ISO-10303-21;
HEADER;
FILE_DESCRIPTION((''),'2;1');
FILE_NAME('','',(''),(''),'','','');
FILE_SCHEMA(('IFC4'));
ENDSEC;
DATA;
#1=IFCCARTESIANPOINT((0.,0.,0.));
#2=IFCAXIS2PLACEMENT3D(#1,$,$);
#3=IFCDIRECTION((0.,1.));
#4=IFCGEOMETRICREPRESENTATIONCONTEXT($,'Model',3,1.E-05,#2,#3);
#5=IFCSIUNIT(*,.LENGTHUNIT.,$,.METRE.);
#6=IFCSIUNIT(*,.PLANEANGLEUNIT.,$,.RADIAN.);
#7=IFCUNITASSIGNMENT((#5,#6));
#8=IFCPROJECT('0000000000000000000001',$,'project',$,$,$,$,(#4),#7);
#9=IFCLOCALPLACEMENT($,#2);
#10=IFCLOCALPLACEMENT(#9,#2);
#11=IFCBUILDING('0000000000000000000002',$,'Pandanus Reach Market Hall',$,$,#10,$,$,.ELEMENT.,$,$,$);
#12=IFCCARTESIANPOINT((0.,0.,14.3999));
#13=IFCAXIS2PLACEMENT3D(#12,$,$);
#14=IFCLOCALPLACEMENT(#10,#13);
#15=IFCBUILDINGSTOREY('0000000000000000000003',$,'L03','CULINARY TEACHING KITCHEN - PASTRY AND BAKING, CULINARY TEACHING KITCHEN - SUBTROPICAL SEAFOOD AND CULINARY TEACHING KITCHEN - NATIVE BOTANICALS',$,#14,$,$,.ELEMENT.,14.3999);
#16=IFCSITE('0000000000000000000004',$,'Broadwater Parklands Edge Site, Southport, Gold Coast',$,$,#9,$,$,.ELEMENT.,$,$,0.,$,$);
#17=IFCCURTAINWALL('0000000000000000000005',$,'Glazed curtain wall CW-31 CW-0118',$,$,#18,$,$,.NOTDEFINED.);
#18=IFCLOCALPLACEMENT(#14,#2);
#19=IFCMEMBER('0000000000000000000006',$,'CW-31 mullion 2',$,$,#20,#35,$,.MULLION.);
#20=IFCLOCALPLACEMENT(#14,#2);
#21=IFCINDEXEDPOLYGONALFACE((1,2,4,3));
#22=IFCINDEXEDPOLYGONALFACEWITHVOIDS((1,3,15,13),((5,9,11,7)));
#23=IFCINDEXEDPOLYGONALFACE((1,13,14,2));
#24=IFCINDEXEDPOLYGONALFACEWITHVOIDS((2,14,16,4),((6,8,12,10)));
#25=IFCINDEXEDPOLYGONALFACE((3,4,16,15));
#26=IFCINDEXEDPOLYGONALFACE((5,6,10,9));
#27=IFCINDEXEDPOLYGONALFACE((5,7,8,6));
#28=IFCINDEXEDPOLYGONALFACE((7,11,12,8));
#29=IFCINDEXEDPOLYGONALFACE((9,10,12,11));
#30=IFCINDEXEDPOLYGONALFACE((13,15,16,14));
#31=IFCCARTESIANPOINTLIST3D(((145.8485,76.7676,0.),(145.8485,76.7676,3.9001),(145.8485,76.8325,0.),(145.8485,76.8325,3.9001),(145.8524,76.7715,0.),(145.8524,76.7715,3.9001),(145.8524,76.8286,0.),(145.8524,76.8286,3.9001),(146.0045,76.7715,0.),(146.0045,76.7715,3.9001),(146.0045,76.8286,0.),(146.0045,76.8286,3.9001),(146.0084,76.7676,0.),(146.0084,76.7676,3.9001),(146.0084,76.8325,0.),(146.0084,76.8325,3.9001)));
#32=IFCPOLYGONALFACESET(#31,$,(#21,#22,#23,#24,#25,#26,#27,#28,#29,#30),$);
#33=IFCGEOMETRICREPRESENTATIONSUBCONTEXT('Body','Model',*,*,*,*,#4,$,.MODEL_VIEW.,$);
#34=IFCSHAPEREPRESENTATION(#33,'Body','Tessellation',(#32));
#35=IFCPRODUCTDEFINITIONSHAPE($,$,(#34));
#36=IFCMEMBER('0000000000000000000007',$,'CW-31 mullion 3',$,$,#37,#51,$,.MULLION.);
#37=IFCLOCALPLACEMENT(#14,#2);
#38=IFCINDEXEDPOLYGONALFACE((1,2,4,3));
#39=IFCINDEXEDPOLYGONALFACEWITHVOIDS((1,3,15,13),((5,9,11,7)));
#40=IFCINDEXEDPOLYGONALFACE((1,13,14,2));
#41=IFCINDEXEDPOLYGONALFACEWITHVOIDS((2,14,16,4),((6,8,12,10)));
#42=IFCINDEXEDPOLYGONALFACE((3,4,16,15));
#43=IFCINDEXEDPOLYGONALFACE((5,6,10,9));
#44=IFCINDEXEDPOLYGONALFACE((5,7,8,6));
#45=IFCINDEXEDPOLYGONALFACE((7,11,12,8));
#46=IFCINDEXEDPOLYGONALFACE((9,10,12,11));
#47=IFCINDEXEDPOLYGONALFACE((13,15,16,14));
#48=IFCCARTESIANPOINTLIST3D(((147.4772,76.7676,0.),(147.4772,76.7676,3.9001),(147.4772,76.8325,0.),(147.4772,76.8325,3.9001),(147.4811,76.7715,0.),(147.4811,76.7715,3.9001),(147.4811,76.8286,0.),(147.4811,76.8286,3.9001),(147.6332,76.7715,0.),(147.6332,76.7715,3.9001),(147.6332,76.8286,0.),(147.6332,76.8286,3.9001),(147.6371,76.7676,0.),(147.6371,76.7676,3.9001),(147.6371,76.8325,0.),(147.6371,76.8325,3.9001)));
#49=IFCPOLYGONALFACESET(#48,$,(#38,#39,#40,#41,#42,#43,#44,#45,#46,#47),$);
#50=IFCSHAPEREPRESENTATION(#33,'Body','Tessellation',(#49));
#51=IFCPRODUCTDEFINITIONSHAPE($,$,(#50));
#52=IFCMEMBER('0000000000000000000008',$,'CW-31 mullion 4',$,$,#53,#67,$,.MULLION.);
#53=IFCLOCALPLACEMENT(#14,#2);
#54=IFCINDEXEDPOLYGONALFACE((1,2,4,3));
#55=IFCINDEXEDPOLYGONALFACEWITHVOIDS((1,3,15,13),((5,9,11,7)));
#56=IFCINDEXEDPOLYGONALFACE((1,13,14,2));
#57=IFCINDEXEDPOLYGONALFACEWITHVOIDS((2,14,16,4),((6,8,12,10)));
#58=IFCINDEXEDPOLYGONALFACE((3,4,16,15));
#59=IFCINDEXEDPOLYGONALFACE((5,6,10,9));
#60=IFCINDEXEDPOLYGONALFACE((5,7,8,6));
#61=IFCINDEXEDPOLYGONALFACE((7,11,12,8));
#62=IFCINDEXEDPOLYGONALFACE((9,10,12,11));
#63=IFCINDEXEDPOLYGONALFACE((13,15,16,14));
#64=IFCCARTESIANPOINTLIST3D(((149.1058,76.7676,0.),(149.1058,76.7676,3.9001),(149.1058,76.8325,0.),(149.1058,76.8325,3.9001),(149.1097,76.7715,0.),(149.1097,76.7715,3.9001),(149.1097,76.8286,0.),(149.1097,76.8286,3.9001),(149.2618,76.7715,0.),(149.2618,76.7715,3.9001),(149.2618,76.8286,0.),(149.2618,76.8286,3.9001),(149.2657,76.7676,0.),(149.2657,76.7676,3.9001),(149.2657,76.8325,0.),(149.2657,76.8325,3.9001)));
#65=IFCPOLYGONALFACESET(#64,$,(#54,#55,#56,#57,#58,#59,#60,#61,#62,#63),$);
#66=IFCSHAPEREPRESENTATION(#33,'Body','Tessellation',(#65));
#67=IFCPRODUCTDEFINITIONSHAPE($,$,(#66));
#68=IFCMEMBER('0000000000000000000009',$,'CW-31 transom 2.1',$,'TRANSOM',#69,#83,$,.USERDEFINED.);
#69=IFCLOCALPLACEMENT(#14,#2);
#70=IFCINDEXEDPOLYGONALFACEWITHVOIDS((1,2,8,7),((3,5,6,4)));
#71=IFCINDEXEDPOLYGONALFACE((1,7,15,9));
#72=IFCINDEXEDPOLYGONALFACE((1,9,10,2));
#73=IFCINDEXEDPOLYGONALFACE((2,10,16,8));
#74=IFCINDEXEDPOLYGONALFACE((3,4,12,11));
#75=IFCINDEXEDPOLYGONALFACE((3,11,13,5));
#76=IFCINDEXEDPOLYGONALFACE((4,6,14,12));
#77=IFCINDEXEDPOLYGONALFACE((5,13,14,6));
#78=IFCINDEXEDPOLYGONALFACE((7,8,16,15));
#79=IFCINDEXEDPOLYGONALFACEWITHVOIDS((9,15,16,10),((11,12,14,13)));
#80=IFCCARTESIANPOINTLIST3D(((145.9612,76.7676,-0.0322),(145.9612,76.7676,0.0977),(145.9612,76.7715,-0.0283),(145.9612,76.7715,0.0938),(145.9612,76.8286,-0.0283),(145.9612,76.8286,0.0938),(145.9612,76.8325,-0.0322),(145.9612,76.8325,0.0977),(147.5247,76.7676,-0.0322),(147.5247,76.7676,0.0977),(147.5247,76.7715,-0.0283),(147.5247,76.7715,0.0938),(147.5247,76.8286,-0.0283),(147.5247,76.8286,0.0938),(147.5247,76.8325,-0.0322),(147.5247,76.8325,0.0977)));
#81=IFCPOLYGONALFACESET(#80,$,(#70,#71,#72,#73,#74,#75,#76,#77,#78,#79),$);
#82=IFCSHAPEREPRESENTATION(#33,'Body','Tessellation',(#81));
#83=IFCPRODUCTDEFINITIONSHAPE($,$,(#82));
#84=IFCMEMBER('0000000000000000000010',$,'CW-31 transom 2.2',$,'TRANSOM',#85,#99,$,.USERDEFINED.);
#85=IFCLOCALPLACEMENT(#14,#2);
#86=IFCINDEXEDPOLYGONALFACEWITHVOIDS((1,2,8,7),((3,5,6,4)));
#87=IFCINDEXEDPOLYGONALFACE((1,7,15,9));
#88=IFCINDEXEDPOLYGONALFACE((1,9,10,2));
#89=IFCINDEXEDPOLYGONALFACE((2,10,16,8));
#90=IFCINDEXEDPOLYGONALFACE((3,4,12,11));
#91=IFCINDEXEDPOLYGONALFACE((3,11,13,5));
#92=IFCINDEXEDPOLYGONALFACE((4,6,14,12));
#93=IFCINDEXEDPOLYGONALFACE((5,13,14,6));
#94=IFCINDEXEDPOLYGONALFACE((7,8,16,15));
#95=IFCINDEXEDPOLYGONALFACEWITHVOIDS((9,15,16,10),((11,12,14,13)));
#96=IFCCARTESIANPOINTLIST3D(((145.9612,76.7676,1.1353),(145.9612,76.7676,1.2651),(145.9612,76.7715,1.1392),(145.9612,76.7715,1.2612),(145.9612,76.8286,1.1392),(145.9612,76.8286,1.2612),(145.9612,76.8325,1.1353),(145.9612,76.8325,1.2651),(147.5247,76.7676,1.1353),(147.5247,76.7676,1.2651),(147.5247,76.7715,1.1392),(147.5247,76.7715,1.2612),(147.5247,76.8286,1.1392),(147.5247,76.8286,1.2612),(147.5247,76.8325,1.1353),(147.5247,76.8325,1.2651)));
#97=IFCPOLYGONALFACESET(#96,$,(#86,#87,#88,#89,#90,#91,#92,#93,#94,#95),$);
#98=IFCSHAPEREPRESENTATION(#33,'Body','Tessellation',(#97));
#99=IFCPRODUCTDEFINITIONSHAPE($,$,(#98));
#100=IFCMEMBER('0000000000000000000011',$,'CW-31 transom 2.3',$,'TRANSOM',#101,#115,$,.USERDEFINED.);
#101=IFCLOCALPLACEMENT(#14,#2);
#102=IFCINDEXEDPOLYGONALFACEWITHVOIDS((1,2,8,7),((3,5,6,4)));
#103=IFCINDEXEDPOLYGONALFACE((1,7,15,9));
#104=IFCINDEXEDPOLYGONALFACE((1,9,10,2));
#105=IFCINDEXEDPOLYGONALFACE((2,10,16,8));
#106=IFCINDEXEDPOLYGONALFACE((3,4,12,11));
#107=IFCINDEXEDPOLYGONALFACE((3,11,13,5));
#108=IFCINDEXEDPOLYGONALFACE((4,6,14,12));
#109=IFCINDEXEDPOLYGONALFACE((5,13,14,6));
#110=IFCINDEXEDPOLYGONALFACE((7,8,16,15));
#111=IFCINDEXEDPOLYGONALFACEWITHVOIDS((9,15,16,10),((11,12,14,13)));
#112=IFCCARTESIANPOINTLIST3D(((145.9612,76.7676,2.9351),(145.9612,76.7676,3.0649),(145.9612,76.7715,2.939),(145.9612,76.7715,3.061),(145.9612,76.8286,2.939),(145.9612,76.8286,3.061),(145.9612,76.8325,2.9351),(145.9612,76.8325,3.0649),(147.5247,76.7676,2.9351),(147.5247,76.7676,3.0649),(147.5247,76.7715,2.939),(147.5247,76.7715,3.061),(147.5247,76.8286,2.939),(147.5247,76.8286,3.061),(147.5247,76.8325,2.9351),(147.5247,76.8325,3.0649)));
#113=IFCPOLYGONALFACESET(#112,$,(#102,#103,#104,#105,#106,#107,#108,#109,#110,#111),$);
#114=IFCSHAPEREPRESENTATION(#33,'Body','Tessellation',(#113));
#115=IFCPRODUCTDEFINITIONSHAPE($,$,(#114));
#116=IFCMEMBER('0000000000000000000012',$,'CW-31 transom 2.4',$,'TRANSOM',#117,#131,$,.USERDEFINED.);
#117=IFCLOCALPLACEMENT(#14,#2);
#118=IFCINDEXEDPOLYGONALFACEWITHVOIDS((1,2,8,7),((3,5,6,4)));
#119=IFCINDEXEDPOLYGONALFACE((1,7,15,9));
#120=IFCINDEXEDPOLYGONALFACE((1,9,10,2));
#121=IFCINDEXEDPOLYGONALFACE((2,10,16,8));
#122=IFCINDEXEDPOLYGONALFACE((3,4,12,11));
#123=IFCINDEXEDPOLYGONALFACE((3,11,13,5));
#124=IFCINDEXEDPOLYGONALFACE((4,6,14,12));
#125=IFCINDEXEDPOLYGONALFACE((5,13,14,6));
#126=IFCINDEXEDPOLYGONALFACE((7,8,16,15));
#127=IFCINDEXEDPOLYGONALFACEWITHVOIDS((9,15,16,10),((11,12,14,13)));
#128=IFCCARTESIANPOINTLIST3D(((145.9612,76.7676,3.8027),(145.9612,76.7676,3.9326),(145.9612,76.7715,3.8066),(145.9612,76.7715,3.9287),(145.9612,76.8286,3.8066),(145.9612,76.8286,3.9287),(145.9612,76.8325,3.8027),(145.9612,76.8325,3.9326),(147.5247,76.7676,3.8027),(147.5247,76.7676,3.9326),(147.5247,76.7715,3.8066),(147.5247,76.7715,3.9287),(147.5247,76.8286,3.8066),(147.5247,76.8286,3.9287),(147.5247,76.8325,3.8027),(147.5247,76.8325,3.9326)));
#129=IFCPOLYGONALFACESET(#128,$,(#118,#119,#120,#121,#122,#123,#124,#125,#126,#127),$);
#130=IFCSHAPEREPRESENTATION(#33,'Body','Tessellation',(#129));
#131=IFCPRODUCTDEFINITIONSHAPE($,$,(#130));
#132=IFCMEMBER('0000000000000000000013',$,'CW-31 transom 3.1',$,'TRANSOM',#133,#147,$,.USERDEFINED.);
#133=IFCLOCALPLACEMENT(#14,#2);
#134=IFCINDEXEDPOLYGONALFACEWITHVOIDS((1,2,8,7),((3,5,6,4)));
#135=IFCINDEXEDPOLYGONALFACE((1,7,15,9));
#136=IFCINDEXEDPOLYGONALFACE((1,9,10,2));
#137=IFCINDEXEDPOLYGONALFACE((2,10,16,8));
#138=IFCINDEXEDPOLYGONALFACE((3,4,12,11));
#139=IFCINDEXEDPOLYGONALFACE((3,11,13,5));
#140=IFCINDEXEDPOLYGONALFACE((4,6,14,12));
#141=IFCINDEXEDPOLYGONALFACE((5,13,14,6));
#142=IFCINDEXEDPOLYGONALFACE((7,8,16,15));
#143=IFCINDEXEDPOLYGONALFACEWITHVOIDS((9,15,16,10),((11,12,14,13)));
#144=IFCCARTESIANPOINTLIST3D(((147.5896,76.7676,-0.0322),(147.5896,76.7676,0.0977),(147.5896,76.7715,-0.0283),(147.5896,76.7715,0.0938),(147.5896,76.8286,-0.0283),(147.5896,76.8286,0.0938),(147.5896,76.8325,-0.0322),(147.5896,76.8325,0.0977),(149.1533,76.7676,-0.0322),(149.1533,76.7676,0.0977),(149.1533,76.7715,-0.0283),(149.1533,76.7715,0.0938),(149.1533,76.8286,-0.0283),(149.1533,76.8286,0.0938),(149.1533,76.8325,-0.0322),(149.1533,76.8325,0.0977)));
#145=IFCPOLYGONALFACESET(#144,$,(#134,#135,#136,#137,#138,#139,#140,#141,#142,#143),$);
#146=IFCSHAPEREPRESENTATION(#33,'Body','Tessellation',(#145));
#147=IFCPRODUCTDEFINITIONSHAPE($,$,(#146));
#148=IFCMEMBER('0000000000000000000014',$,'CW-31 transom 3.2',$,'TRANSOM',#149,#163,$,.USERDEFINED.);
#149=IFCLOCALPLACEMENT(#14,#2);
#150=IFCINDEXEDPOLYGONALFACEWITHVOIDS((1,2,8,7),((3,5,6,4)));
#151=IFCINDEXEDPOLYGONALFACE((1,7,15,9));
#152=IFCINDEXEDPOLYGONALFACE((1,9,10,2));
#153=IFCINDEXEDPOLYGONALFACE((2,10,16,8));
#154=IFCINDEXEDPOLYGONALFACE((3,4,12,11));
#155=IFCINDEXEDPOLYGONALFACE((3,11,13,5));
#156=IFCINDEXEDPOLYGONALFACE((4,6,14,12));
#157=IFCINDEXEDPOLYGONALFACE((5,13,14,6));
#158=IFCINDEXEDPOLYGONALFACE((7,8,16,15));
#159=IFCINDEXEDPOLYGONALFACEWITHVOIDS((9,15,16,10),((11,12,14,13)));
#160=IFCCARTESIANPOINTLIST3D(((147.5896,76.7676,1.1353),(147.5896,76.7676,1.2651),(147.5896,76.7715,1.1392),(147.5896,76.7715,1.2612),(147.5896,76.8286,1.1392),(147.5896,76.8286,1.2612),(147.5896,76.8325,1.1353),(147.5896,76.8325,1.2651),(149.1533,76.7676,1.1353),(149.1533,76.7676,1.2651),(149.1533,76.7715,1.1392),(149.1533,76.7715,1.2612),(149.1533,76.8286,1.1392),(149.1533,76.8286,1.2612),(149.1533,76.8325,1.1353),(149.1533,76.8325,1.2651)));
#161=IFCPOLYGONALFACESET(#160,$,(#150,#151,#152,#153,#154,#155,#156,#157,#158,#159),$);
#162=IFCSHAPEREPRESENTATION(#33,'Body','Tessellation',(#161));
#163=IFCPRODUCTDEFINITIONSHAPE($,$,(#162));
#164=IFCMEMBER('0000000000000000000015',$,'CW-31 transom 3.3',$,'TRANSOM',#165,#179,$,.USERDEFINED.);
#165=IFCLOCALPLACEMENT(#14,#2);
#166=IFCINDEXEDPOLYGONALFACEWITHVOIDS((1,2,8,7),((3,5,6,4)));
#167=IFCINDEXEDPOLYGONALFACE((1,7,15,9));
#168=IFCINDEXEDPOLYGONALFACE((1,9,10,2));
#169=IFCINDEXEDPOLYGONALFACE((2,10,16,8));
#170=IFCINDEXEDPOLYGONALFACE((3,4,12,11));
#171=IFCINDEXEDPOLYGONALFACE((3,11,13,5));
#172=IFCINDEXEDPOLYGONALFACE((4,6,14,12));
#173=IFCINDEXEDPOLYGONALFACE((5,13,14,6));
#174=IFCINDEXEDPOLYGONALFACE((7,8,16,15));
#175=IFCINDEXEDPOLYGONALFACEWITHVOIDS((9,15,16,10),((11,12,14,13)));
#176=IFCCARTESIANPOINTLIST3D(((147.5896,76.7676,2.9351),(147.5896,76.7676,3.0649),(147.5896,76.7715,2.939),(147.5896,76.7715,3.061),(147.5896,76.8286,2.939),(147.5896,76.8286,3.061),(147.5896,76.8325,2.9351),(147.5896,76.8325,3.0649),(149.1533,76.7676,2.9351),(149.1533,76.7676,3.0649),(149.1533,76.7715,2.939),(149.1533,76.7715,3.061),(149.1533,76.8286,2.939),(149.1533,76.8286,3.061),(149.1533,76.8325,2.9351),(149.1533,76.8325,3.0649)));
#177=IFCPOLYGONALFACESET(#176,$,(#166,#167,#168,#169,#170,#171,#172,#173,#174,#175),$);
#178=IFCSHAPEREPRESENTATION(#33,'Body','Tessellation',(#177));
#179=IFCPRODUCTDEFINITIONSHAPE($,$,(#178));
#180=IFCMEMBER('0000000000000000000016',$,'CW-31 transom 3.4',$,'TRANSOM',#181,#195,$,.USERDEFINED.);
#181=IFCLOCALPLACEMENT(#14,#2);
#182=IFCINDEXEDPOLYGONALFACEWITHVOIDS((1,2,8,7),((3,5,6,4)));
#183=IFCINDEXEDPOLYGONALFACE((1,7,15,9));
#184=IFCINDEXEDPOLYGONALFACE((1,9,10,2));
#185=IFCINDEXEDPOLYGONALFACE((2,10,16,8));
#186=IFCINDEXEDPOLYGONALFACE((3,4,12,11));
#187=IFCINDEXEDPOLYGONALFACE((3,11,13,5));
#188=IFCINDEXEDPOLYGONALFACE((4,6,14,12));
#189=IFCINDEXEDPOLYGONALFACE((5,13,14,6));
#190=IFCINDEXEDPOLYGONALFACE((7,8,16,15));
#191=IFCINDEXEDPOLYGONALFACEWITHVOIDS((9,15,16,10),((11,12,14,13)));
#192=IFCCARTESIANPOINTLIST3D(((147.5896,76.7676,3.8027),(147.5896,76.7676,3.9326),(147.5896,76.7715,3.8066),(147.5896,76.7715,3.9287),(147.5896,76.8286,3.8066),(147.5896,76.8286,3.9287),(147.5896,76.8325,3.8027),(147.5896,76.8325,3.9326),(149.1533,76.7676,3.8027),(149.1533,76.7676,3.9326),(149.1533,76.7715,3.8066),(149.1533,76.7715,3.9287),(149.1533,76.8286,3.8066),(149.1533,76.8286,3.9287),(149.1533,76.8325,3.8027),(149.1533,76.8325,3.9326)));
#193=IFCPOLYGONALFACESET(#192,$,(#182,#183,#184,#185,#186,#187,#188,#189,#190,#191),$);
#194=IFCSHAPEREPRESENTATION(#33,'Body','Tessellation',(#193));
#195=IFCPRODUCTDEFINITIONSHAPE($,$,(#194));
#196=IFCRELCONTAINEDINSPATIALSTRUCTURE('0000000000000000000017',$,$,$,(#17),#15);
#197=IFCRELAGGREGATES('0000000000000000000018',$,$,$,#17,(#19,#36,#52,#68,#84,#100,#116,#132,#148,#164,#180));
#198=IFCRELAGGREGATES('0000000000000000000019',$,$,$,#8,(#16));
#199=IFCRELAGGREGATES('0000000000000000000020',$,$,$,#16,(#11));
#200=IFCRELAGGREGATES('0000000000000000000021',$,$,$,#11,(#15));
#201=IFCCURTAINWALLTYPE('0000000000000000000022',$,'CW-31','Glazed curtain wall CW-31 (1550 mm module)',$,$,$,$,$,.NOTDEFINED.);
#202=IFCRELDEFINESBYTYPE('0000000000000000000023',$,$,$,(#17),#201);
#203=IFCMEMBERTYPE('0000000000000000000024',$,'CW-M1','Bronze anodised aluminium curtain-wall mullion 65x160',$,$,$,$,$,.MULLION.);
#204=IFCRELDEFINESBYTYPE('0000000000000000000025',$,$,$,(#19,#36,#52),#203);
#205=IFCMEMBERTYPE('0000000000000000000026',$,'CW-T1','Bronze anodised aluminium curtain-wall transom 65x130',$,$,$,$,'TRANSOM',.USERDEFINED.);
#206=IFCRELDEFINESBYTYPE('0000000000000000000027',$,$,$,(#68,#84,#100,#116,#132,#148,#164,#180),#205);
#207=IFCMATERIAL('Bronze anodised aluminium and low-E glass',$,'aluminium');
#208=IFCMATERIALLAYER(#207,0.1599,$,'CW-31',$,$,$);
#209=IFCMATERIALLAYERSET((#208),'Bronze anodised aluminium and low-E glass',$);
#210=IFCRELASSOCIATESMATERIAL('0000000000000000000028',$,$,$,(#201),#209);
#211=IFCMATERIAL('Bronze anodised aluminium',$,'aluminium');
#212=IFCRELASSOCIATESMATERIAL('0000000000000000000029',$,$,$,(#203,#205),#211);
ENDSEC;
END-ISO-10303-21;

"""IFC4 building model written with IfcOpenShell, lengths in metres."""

from ifc_helpers import new_model, si_unit, direction, frame, origin, origin_2d, place, context, subcontext, project, spatial, hollow_rectangle, extrude, material, layer, layer_set, material_profile, profile_set, type_object, element, aggregate, save


model = new_model("IFC4")

# Units and contexts
model_context = context("Model", 3, precision=1e-05, world=origin(), true_north=direction((0.0, 1.0)))
body_context = subcontext(model_context, "Body", "Model", "MODEL_VIEW")
ifc_project = project(units=[si_unit("LENGTHUNIT", "METRE"), si_unit("PLANEANGLEUNIT", "RADIAN")], contexts=[model_context])

# Site, building, storey
site_placement = place(None, origin())
site = spatial("IfcSite", under=ifc_project, at=site_placement, Name="Broadwater Parklands Edge Site, Southport, Gold Coast", CompositionType="ELEMENT", RefElevation=0.0)
building_placement = place(site_placement, origin())
building = spatial("IfcBuilding", under=site, at=building_placement, Name="Pandanus Reach Market Hall", CompositionType="ELEMENT")
storey_placement = place(building_placement, frame((0.0, 0.0, 14.3999)))
storey = spatial("IfcBuildingStorey", under=building, at=storey_placement, Name="L03", Description="CULINARY TEACHING KITCHEN - PASTRY AND BAKING, CULINARY TEACHING KITCHEN - SUBTROPICAL SEAFOOD AND CULINARY TEACHING KITCHEN - NATIVE BOTANICALS", CompositionType="ELEMENT", Elevation=14.3999)

# Curtain wall, members
ifc_material_1 = material(Name="Bronze anodised aluminium and low-E glass", Category="aluminium")
ifc_layer_1 = layer(ifc_material_1, 0.1599, Name="CW-31")
ifc_layer_set_1 = layer_set([ifc_layer_1], Name="Bronze anodised aluminium and low-E glass")
curtain_wall_type = type_object("IfcCurtainWallType", Name="CW-31", Description="Glazed curtain wall CW-31 (1550 mm module)", PredefinedType="NOTDEFINED", material=ifc_layer_set_1)
curtain_wall_placement = place(storey_placement, origin())
curtain_wall = element("IfcCurtainWall", 1, at=curtain_wall_placement, inside=storey, type_object=curtain_wall_type, Name="Glazed curtain wall CW-31 CW-0118", PredefinedType="NOTDEFINED")
ifc_material_2 = material(Name="Bronze anodised aluminium", Category="aluminium")
ifc_material_profile_1 = material_profile(ifc_material_2, hollow_rectangle(XDim=0.0649, YDim=0.1599, WallThickness=0.0039, at=origin_2d()), Name="ALU65x160", Category="LoadBearing")
ifc_profile_set_1 = profile_set([ifc_material_profile_1], Name="Bronze anodised aluminium")
member_type_1 = type_object("IfcMemberType", Name="CW-M1", Description="Bronze anodised aluminium curtain-wall mullion 65x160", PredefinedType="MULLION", material=ifc_profile_set_1)
member_1_placement = place(storey_placement, frame((145.9285, 76.8, 0.0), z_axis=(0.0, 0.0, 1.0), x_axis=(0.0, 1.0, 0.0)))
member_1 = element("IfcMember", 2, at=member_1_placement, type_object=member_type_1, Name="CW-31 mullion 2", PredefinedType="MULLION", context=body_context, shape_type="SweptSolid", body=[
    extrude(hollow_rectangle(XDim=0.0649, YDim=0.1599, WallThickness=0.0039, at=origin_2d()), origin(), (0.0, 0.0, 1.0), 3.9001),
])
member_2_placement = place(storey_placement, frame((147.5571, 76.8, 0.0), z_axis=(0.0, 0.0, 1.0), x_axis=(0.0, 1.0, 0.0)))
member_2 = element("IfcMember", 3, at=member_2_placement, type_object=member_type_1, Name="CW-31 mullion 3", PredefinedType="MULLION", context=body_context, shape_type="SweptSolid", body=[
    extrude(hollow_rectangle(XDim=0.0649, YDim=0.1599, WallThickness=0.0039, at=origin_2d()), origin(), (0.0, 0.0, 1.0), 3.9001),
])
member_3_placement = place(storey_placement, frame((149.1858, 76.8, 0.0), z_axis=(0.0, 0.0, 1.0), x_axis=(0.0, 1.0, 0.0)))
member_3 = element("IfcMember", 4, at=member_3_placement, type_object=member_type_1, Name="CW-31 mullion 4", PredefinedType="MULLION", context=body_context, shape_type="SweptSolid", body=[
    extrude(hollow_rectangle(XDim=0.0649, YDim=0.1599, WallThickness=0.0039, at=origin_2d()), origin(), (0.0, 0.0, 1.0), 3.9001),
])
ifc_material_profile_2 = material_profile(ifc_material_2, hollow_rectangle(XDim=0.0649, YDim=0.1299, WallThickness=0.0039, at=origin_2d()), Name="ALU65x130", Category="LoadBearing")
ifc_profile_set_2 = profile_set([ifc_material_profile_2], Name="Bronze anodised aluminium")
member_type_2 = type_object("IfcMemberType", Name="CW-T1", Description="Bronze anodised aluminium curtain-wall transom 65x130", ElementType="TRANSOM", PredefinedType="USERDEFINED", material=ifc_profile_set_2)
member_4_placement = place(storey_placement, frame((145.9612, 76.8, 0.0327), z_axis=(1.0, 0.0, 0.0), x_axis=(0.0, 1.0, 0.0)))
member_4 = element("IfcMember", 5, at=member_4_placement, type_object=member_type_2, Name="CW-31 transom 2.1", ObjectType="TRANSOM", PredefinedType="USERDEFINED", context=body_context, shape_type="SweptSolid", body=[
    extrude(hollow_rectangle(XDim=0.0649, YDim=0.1299, WallThickness=0.0039, at=origin_2d()), origin(), (0.0, 0.0, 1.0), 1.5635),
])
member_5_placement = place(storey_placement, frame((145.9612, 76.8, 1.2002), z_axis=(1.0, 0.0, 0.0), x_axis=(0.0, 1.0, 0.0)))
member_5 = element("IfcMember", 6, at=member_5_placement, type_object=member_type_2, Name="CW-31 transom 2.2", ObjectType="TRANSOM", PredefinedType="USERDEFINED", context=body_context, shape_type="SweptSolid", body=[
    extrude(hollow_rectangle(XDim=0.0649, YDim=0.1299, WallThickness=0.0039, at=origin_2d()), origin(), (0.0, 0.0, 1.0), 1.5635),
])
member_6_placement = place(storey_placement, frame((145.9612, 76.8, 3.0), z_axis=(1.0, 0.0, 0.0), x_axis=(0.0, 1.0, 0.0)))
member_6 = element("IfcMember", 7, at=member_6_placement, type_object=member_type_2, Name="CW-31 transom 2.3", ObjectType="TRANSOM", PredefinedType="USERDEFINED", context=body_context, shape_type="SweptSolid", body=[
    extrude(hollow_rectangle(XDim=0.0649, YDim=0.1299, WallThickness=0.0039, at=origin_2d()), origin(), (0.0, 0.0, 1.0), 1.5635),
])
member_7_placement = place(storey_placement, frame((145.9612, 76.8, 3.8677), z_axis=(1.0, 0.0, 0.0), x_axis=(0.0, 1.0, 0.0)))
member_7 = element("IfcMember", 8, at=member_7_placement, type_object=member_type_2, Name="CW-31 transom 2.4", ObjectType="TRANSOM", PredefinedType="USERDEFINED", context=body_context, shape_type="SweptSolid", body=[
    extrude(hollow_rectangle(XDim=0.0649, YDim=0.1299, WallThickness=0.0039, at=origin_2d()), origin(), (0.0, 0.0, 1.0), 1.5635),
])
member_8_placement = place(storey_placement, frame((147.5896, 76.8, 0.0327), z_axis=(1.0, 0.0, 0.0), x_axis=(0.0, 1.0, 0.0)))
member_8 = element("IfcMember", 9, at=member_8_placement, type_object=member_type_2, Name="CW-31 transom 3.1", ObjectType="TRANSOM", PredefinedType="USERDEFINED", context=body_context, shape_type="SweptSolid", body=[
    extrude(hollow_rectangle(XDim=0.0649, YDim=0.1299, WallThickness=0.0039, at=origin_2d()), origin(), (0.0, 0.0, 1.0), 1.5637),
])
member_9_placement = place(storey_placement, frame((147.5896, 76.8, 1.2002), z_axis=(1.0, 0.0, 0.0), x_axis=(0.0, 1.0, 0.0)))
member_9 = element("IfcMember", 10, at=member_9_placement, type_object=member_type_2, Name="CW-31 transom 3.2", ObjectType="TRANSOM", PredefinedType="USERDEFINED", context=body_context, shape_type="SweptSolid", body=[
    extrude(hollow_rectangle(XDim=0.0649, YDim=0.1299, WallThickness=0.0039, at=origin_2d()), origin(), (0.0, 0.0, 1.0), 1.5637),
])
member_10_placement = place(storey_placement, frame((147.5896, 76.8, 3.0), z_axis=(1.0, 0.0, 0.0), x_axis=(0.0, 1.0, 0.0)))
member_10 = element("IfcMember", 11, at=member_10_placement, type_object=member_type_2, Name="CW-31 transom 3.3", ObjectType="TRANSOM", PredefinedType="USERDEFINED", context=body_context, shape_type="SweptSolid", body=[
    extrude(hollow_rectangle(XDim=0.0649, YDim=0.1299, WallThickness=0.0039, at=origin_2d()), origin(), (0.0, 0.0, 1.0), 1.5637),
])
member_11_placement = place(storey_placement, frame((147.5896, 76.8, 3.8677), z_axis=(1.0, 0.0, 0.0), x_axis=(0.0, 1.0, 0.0)))
member_11 = element("IfcMember", 12, at=member_11_placement, type_object=member_type_2, Name="CW-31 transom 3.4", ObjectType="TRANSOM", PredefinedType="USERDEFINED", context=body_context, shape_type="SweptSolid", body=[
    extrude(hollow_rectangle(XDim=0.0649, YDim=0.1299, WallThickness=0.0039, at=origin_2d()), origin(), (0.0, 0.0, 1.0), 1.5637),
])
aggregate(curtain_wall, [member_1, member_2, member_3, member_4, member_5, member_6, member_7, member_8, member_9, member_10, member_11])

save(model, "model.ifc")
